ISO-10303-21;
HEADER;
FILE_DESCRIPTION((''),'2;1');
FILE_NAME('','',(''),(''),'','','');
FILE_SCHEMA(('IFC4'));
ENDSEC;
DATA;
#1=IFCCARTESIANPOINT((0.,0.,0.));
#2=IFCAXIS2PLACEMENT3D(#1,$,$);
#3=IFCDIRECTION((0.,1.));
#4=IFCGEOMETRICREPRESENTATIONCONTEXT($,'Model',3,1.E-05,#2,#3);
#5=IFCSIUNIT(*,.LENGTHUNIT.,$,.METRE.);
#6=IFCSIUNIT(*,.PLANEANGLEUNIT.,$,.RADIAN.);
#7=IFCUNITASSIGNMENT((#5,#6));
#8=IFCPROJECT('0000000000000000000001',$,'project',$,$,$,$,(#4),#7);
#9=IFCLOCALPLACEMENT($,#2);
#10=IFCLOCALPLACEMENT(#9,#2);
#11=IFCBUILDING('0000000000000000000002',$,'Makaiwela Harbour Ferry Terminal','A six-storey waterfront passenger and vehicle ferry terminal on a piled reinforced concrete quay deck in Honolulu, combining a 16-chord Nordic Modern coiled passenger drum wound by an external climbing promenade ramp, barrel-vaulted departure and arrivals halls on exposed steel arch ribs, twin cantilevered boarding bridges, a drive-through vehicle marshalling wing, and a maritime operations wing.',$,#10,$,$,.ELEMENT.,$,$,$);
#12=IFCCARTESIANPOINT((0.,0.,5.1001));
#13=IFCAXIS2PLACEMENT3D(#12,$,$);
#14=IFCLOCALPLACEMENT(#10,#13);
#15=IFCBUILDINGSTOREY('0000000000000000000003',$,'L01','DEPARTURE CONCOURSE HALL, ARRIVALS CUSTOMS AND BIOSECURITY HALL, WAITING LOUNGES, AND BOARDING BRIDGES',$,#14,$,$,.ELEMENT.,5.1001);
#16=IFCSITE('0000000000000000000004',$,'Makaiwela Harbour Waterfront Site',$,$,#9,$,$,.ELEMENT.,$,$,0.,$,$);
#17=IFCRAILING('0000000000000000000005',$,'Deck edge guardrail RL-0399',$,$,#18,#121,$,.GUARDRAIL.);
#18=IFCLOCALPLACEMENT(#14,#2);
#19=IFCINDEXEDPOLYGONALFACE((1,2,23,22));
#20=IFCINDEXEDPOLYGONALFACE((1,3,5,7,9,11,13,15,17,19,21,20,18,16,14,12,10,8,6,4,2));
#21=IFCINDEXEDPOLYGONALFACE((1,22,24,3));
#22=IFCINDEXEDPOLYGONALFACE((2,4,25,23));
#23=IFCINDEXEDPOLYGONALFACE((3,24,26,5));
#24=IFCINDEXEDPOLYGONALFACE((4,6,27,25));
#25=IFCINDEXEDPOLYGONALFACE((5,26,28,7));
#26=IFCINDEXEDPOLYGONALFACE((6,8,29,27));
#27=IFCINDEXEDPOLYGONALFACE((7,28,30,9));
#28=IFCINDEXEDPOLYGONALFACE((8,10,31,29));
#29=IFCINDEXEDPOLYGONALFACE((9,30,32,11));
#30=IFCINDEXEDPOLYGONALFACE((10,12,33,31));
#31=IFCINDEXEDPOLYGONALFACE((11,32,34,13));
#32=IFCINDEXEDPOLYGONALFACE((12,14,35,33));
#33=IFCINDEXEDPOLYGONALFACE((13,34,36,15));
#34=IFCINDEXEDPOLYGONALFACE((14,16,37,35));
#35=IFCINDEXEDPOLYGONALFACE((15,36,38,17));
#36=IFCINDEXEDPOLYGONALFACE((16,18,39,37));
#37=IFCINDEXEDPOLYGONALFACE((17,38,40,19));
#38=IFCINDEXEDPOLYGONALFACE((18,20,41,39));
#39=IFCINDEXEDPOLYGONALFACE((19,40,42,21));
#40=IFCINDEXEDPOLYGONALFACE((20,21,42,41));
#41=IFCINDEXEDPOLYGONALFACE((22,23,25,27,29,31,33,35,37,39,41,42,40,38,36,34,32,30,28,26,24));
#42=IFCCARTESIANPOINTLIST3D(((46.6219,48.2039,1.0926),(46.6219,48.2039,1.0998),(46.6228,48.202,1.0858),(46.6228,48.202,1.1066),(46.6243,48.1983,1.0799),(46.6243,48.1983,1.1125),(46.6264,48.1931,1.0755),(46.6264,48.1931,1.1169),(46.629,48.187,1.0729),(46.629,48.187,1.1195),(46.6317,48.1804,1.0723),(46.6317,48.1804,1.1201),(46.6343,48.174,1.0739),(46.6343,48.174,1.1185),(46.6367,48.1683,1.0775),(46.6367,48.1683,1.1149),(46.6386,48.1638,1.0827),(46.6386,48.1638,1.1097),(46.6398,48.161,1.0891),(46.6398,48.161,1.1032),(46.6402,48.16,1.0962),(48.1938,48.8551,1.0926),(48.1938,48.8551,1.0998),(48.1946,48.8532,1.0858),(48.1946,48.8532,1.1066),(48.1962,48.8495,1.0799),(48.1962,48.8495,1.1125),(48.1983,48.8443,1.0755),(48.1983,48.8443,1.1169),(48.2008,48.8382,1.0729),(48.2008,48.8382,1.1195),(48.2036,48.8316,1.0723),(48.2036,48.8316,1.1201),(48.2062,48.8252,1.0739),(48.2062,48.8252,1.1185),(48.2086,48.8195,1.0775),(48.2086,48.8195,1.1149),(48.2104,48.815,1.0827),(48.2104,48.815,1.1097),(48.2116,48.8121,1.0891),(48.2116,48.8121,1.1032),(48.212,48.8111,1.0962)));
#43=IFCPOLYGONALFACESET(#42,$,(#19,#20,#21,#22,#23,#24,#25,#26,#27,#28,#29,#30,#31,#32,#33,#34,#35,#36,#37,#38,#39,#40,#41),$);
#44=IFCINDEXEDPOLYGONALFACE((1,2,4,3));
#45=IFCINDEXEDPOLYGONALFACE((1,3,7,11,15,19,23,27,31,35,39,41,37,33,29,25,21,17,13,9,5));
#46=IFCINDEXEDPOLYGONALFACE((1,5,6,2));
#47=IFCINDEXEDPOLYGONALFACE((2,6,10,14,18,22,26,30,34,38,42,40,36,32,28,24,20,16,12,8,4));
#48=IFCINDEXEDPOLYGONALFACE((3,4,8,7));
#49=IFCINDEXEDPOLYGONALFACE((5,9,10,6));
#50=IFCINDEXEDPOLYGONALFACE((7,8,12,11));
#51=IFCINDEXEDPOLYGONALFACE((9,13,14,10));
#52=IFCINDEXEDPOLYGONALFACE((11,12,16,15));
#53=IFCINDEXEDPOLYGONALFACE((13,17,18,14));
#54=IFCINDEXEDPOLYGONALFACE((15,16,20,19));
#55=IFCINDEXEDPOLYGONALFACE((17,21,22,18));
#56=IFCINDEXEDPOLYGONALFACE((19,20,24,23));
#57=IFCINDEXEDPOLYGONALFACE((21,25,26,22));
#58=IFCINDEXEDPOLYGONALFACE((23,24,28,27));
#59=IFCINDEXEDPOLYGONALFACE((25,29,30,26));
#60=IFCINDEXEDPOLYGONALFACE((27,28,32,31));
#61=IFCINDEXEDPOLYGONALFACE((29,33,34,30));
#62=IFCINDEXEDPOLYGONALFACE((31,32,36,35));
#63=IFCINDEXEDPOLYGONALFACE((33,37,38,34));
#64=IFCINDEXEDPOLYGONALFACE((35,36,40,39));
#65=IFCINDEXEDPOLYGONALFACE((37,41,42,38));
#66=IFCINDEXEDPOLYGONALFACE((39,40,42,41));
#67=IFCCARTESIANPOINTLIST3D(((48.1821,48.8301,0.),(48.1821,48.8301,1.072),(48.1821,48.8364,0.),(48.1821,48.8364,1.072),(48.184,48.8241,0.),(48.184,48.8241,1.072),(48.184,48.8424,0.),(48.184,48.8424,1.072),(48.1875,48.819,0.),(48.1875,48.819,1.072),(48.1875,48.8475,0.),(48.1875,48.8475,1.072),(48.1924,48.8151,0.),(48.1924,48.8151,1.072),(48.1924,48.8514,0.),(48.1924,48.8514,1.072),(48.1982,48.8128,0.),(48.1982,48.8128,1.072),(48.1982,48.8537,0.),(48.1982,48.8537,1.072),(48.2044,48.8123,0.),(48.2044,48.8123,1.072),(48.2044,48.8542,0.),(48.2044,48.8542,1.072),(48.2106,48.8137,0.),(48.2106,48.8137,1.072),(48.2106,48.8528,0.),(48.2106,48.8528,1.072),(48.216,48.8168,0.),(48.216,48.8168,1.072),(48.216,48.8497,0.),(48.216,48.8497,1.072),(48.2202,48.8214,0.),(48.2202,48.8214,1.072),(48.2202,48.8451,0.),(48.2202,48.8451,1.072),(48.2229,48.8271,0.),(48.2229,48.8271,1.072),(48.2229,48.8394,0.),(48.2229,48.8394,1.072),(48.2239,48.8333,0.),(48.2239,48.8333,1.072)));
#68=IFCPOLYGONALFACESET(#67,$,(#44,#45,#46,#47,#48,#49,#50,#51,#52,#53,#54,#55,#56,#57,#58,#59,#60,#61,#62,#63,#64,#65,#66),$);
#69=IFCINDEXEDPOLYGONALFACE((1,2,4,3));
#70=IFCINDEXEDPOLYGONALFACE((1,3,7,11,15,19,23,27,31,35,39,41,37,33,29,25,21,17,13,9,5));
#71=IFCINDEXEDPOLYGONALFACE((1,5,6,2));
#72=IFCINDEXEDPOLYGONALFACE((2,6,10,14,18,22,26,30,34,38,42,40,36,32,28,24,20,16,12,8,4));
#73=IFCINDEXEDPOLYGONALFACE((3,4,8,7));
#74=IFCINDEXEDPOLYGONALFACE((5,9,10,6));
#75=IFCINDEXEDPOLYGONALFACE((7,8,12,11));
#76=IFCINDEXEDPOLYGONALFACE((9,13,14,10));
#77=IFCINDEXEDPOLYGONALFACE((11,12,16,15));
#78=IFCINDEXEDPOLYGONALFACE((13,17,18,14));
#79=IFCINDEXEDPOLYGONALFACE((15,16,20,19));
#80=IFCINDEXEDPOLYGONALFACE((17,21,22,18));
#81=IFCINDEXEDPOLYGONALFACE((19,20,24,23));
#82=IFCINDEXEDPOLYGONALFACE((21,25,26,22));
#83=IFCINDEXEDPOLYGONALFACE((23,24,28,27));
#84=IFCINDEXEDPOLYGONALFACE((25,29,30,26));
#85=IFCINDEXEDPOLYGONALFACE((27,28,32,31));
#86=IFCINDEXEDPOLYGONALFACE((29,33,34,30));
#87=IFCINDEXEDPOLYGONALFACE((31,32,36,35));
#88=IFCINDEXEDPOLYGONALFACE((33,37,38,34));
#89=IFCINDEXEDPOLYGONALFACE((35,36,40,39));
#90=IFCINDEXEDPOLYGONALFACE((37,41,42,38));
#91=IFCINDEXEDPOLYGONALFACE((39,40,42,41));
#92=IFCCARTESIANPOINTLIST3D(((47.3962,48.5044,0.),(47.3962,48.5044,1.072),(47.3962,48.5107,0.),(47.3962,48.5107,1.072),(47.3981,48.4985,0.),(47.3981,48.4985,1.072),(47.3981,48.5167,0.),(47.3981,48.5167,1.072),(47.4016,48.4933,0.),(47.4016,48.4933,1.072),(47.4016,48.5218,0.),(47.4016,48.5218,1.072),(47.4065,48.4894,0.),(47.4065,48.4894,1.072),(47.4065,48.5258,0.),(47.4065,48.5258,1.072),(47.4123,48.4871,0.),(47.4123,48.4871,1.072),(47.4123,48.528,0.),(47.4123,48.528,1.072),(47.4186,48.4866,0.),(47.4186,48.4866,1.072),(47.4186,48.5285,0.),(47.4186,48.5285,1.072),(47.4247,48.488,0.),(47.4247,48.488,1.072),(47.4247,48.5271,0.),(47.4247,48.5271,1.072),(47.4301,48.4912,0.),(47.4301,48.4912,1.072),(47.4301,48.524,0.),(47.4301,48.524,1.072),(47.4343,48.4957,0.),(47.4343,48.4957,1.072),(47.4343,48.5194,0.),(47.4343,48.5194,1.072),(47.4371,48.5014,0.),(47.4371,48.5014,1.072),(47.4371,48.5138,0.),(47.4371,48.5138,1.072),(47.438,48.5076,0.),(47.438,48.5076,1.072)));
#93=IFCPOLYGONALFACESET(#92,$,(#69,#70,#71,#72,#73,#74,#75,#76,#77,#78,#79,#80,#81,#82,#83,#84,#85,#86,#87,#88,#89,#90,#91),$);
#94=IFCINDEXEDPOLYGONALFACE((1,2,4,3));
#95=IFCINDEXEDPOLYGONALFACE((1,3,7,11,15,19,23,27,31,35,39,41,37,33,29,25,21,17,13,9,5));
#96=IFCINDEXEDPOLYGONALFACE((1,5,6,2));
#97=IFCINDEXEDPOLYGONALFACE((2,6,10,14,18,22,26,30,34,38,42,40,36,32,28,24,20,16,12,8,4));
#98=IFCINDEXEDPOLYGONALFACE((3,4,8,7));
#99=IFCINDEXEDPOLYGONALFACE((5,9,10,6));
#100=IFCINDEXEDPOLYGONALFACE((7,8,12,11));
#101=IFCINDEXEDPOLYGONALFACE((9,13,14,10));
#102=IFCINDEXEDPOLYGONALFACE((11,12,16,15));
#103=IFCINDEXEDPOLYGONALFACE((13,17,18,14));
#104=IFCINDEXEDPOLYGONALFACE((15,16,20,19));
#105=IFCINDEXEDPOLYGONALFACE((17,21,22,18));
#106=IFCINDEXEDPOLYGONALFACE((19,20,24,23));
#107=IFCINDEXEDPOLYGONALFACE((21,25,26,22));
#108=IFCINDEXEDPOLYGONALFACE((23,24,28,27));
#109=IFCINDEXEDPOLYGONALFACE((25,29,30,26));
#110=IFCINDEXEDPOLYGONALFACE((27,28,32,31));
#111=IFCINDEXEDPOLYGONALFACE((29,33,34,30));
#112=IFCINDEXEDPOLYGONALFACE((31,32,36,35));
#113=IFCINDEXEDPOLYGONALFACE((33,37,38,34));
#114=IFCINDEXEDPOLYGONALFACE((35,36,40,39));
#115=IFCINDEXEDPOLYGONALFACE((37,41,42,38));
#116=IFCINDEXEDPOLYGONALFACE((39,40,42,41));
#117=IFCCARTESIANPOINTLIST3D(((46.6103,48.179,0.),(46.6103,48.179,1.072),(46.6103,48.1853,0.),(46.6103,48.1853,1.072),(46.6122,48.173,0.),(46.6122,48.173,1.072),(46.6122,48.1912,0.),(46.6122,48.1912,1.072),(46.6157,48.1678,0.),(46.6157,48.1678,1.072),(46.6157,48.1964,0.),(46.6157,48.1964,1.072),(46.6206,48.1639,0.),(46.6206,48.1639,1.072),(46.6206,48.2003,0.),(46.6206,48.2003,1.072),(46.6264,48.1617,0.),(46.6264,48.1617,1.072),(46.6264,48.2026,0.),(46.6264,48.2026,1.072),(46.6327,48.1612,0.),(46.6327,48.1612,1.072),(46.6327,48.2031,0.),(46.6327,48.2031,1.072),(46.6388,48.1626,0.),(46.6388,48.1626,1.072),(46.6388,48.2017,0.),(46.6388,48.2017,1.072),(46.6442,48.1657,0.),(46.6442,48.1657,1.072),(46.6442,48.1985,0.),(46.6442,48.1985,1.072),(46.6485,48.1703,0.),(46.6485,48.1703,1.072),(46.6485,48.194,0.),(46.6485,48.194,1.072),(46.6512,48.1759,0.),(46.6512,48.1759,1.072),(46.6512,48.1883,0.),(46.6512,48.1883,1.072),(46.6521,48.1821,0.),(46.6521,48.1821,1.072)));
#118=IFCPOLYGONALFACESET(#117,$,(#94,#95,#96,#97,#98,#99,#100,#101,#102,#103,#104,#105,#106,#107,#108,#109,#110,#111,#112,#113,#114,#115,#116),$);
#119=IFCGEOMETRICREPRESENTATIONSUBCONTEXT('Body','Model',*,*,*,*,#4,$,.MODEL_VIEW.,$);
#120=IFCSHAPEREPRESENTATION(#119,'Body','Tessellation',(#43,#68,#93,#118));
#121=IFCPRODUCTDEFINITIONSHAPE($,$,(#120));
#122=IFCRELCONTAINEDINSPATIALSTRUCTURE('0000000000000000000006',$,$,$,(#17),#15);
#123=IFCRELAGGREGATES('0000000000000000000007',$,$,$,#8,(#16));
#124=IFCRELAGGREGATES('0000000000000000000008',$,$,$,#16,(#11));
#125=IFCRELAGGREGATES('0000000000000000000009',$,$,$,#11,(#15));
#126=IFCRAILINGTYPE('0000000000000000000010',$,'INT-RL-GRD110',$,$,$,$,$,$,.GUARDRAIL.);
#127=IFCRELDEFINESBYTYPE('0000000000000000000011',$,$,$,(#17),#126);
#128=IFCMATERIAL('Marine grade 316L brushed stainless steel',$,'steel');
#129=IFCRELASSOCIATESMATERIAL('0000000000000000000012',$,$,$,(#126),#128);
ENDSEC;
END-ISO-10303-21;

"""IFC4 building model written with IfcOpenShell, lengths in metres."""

from ifc_helpers import new_model, si_unit, direction, frame, origin, origin_2d, place, context, subcontext, project, spatial, circle, extrude, material, type_object, element, save


model = new_model("IFC4")

# Units and contexts
model_context = context("Model", 3, precision=1e-05, world=origin(), true_north=direction((0.0, 1.0)))
body_context = subcontext(model_context, "Body", "Model", "MODEL_VIEW")
ifc_project = project(units=[si_unit("LENGTHUNIT", "METRE"), si_unit("PLANEANGLEUNIT", "RADIAN")], contexts=[model_context])

# Site, building, storey
site_placement = place(None, origin())
site = spatial("IfcSite", under=ifc_project, at=site_placement, Name="Makaiwela Harbour Waterfront Site", CompositionType="ELEMENT", RefElevation=0.0)
building_placement = place(site_placement, origin())
building = spatial("IfcBuilding", under=site, at=building_placement, Name="Makaiwela Harbour Ferry Terminal", Description="A six-storey waterfront passenger and vehicle ferry terminal on a piled reinforced concrete quay deck in Honolulu, combining a 16-chord Nordic Modern coiled passenger drum wound by an external climbing promenade ramp, barrel-vaulted departure and arrivals halls on exposed steel arch ribs, twin cantilevered boarding bridges, a drive-through vehicle marshalling wing, and a maritime operations wing.", CompositionType="ELEMENT")
storey_placement = place(building_placement, frame((0.0, 0.0, 5.1001)))
storey = spatial("IfcBuildingStorey", under=building, at=storey_placement, Name="L01", Description="DEPARTURE CONCOURSE HALL, ARRIVALS CUSTOMS AND BIOSECURITY HALL, WAITING LOUNGES, AND BOARDING BRIDGES", CompositionType="ELEMENT", Elevation=5.1001)

# Railing
ifc_material_1 = material(Name="Marine grade 316L brushed stainless steel", Category="steel")
railing_type = type_object("IfcRailingType", Name="INT-RL-GRD110", PredefinedType="GUARDRAIL", material=ifc_material_1)
railing_1_placement = place(storey_placement, frame((48.2029, 48.8333, 0.0)))
element("IfcRailing", 1, at=railing_1_placement, inside=storey, type_object=railing_type, Name="Deck edge guardrail RL-0399", PredefinedType="GUARDRAIL", context=body_context, shape_type="SweptSolid", body=[
    extrude(circle(Radius=0.0239, at=origin_2d()), frame((0.0, 0.0, 1.0962), z_axis=(-0.923865, -0.382719, 0.0), x_axis=(0.382719, -0.923865, 0.0)), (0.0, 0.0, 1.0), 1.7014),
    extrude(circle(Radius=0.021, at=origin_2d()), origin(), (0.0, 0.0, 1.0), 1.072),
    extrude(circle(Radius=0.021, at=origin_2d()), frame((-0.7859, -0.3257, 0.0)), (0.0, 0.0, 1.0), 1.072),
    extrude(circle(Radius=0.021, at=origin_2d()), frame((-1.5718, -0.6511, 0.0)), (0.0, 0.0, 1.0), 1.072),
])

save(model, "model.ifc")
